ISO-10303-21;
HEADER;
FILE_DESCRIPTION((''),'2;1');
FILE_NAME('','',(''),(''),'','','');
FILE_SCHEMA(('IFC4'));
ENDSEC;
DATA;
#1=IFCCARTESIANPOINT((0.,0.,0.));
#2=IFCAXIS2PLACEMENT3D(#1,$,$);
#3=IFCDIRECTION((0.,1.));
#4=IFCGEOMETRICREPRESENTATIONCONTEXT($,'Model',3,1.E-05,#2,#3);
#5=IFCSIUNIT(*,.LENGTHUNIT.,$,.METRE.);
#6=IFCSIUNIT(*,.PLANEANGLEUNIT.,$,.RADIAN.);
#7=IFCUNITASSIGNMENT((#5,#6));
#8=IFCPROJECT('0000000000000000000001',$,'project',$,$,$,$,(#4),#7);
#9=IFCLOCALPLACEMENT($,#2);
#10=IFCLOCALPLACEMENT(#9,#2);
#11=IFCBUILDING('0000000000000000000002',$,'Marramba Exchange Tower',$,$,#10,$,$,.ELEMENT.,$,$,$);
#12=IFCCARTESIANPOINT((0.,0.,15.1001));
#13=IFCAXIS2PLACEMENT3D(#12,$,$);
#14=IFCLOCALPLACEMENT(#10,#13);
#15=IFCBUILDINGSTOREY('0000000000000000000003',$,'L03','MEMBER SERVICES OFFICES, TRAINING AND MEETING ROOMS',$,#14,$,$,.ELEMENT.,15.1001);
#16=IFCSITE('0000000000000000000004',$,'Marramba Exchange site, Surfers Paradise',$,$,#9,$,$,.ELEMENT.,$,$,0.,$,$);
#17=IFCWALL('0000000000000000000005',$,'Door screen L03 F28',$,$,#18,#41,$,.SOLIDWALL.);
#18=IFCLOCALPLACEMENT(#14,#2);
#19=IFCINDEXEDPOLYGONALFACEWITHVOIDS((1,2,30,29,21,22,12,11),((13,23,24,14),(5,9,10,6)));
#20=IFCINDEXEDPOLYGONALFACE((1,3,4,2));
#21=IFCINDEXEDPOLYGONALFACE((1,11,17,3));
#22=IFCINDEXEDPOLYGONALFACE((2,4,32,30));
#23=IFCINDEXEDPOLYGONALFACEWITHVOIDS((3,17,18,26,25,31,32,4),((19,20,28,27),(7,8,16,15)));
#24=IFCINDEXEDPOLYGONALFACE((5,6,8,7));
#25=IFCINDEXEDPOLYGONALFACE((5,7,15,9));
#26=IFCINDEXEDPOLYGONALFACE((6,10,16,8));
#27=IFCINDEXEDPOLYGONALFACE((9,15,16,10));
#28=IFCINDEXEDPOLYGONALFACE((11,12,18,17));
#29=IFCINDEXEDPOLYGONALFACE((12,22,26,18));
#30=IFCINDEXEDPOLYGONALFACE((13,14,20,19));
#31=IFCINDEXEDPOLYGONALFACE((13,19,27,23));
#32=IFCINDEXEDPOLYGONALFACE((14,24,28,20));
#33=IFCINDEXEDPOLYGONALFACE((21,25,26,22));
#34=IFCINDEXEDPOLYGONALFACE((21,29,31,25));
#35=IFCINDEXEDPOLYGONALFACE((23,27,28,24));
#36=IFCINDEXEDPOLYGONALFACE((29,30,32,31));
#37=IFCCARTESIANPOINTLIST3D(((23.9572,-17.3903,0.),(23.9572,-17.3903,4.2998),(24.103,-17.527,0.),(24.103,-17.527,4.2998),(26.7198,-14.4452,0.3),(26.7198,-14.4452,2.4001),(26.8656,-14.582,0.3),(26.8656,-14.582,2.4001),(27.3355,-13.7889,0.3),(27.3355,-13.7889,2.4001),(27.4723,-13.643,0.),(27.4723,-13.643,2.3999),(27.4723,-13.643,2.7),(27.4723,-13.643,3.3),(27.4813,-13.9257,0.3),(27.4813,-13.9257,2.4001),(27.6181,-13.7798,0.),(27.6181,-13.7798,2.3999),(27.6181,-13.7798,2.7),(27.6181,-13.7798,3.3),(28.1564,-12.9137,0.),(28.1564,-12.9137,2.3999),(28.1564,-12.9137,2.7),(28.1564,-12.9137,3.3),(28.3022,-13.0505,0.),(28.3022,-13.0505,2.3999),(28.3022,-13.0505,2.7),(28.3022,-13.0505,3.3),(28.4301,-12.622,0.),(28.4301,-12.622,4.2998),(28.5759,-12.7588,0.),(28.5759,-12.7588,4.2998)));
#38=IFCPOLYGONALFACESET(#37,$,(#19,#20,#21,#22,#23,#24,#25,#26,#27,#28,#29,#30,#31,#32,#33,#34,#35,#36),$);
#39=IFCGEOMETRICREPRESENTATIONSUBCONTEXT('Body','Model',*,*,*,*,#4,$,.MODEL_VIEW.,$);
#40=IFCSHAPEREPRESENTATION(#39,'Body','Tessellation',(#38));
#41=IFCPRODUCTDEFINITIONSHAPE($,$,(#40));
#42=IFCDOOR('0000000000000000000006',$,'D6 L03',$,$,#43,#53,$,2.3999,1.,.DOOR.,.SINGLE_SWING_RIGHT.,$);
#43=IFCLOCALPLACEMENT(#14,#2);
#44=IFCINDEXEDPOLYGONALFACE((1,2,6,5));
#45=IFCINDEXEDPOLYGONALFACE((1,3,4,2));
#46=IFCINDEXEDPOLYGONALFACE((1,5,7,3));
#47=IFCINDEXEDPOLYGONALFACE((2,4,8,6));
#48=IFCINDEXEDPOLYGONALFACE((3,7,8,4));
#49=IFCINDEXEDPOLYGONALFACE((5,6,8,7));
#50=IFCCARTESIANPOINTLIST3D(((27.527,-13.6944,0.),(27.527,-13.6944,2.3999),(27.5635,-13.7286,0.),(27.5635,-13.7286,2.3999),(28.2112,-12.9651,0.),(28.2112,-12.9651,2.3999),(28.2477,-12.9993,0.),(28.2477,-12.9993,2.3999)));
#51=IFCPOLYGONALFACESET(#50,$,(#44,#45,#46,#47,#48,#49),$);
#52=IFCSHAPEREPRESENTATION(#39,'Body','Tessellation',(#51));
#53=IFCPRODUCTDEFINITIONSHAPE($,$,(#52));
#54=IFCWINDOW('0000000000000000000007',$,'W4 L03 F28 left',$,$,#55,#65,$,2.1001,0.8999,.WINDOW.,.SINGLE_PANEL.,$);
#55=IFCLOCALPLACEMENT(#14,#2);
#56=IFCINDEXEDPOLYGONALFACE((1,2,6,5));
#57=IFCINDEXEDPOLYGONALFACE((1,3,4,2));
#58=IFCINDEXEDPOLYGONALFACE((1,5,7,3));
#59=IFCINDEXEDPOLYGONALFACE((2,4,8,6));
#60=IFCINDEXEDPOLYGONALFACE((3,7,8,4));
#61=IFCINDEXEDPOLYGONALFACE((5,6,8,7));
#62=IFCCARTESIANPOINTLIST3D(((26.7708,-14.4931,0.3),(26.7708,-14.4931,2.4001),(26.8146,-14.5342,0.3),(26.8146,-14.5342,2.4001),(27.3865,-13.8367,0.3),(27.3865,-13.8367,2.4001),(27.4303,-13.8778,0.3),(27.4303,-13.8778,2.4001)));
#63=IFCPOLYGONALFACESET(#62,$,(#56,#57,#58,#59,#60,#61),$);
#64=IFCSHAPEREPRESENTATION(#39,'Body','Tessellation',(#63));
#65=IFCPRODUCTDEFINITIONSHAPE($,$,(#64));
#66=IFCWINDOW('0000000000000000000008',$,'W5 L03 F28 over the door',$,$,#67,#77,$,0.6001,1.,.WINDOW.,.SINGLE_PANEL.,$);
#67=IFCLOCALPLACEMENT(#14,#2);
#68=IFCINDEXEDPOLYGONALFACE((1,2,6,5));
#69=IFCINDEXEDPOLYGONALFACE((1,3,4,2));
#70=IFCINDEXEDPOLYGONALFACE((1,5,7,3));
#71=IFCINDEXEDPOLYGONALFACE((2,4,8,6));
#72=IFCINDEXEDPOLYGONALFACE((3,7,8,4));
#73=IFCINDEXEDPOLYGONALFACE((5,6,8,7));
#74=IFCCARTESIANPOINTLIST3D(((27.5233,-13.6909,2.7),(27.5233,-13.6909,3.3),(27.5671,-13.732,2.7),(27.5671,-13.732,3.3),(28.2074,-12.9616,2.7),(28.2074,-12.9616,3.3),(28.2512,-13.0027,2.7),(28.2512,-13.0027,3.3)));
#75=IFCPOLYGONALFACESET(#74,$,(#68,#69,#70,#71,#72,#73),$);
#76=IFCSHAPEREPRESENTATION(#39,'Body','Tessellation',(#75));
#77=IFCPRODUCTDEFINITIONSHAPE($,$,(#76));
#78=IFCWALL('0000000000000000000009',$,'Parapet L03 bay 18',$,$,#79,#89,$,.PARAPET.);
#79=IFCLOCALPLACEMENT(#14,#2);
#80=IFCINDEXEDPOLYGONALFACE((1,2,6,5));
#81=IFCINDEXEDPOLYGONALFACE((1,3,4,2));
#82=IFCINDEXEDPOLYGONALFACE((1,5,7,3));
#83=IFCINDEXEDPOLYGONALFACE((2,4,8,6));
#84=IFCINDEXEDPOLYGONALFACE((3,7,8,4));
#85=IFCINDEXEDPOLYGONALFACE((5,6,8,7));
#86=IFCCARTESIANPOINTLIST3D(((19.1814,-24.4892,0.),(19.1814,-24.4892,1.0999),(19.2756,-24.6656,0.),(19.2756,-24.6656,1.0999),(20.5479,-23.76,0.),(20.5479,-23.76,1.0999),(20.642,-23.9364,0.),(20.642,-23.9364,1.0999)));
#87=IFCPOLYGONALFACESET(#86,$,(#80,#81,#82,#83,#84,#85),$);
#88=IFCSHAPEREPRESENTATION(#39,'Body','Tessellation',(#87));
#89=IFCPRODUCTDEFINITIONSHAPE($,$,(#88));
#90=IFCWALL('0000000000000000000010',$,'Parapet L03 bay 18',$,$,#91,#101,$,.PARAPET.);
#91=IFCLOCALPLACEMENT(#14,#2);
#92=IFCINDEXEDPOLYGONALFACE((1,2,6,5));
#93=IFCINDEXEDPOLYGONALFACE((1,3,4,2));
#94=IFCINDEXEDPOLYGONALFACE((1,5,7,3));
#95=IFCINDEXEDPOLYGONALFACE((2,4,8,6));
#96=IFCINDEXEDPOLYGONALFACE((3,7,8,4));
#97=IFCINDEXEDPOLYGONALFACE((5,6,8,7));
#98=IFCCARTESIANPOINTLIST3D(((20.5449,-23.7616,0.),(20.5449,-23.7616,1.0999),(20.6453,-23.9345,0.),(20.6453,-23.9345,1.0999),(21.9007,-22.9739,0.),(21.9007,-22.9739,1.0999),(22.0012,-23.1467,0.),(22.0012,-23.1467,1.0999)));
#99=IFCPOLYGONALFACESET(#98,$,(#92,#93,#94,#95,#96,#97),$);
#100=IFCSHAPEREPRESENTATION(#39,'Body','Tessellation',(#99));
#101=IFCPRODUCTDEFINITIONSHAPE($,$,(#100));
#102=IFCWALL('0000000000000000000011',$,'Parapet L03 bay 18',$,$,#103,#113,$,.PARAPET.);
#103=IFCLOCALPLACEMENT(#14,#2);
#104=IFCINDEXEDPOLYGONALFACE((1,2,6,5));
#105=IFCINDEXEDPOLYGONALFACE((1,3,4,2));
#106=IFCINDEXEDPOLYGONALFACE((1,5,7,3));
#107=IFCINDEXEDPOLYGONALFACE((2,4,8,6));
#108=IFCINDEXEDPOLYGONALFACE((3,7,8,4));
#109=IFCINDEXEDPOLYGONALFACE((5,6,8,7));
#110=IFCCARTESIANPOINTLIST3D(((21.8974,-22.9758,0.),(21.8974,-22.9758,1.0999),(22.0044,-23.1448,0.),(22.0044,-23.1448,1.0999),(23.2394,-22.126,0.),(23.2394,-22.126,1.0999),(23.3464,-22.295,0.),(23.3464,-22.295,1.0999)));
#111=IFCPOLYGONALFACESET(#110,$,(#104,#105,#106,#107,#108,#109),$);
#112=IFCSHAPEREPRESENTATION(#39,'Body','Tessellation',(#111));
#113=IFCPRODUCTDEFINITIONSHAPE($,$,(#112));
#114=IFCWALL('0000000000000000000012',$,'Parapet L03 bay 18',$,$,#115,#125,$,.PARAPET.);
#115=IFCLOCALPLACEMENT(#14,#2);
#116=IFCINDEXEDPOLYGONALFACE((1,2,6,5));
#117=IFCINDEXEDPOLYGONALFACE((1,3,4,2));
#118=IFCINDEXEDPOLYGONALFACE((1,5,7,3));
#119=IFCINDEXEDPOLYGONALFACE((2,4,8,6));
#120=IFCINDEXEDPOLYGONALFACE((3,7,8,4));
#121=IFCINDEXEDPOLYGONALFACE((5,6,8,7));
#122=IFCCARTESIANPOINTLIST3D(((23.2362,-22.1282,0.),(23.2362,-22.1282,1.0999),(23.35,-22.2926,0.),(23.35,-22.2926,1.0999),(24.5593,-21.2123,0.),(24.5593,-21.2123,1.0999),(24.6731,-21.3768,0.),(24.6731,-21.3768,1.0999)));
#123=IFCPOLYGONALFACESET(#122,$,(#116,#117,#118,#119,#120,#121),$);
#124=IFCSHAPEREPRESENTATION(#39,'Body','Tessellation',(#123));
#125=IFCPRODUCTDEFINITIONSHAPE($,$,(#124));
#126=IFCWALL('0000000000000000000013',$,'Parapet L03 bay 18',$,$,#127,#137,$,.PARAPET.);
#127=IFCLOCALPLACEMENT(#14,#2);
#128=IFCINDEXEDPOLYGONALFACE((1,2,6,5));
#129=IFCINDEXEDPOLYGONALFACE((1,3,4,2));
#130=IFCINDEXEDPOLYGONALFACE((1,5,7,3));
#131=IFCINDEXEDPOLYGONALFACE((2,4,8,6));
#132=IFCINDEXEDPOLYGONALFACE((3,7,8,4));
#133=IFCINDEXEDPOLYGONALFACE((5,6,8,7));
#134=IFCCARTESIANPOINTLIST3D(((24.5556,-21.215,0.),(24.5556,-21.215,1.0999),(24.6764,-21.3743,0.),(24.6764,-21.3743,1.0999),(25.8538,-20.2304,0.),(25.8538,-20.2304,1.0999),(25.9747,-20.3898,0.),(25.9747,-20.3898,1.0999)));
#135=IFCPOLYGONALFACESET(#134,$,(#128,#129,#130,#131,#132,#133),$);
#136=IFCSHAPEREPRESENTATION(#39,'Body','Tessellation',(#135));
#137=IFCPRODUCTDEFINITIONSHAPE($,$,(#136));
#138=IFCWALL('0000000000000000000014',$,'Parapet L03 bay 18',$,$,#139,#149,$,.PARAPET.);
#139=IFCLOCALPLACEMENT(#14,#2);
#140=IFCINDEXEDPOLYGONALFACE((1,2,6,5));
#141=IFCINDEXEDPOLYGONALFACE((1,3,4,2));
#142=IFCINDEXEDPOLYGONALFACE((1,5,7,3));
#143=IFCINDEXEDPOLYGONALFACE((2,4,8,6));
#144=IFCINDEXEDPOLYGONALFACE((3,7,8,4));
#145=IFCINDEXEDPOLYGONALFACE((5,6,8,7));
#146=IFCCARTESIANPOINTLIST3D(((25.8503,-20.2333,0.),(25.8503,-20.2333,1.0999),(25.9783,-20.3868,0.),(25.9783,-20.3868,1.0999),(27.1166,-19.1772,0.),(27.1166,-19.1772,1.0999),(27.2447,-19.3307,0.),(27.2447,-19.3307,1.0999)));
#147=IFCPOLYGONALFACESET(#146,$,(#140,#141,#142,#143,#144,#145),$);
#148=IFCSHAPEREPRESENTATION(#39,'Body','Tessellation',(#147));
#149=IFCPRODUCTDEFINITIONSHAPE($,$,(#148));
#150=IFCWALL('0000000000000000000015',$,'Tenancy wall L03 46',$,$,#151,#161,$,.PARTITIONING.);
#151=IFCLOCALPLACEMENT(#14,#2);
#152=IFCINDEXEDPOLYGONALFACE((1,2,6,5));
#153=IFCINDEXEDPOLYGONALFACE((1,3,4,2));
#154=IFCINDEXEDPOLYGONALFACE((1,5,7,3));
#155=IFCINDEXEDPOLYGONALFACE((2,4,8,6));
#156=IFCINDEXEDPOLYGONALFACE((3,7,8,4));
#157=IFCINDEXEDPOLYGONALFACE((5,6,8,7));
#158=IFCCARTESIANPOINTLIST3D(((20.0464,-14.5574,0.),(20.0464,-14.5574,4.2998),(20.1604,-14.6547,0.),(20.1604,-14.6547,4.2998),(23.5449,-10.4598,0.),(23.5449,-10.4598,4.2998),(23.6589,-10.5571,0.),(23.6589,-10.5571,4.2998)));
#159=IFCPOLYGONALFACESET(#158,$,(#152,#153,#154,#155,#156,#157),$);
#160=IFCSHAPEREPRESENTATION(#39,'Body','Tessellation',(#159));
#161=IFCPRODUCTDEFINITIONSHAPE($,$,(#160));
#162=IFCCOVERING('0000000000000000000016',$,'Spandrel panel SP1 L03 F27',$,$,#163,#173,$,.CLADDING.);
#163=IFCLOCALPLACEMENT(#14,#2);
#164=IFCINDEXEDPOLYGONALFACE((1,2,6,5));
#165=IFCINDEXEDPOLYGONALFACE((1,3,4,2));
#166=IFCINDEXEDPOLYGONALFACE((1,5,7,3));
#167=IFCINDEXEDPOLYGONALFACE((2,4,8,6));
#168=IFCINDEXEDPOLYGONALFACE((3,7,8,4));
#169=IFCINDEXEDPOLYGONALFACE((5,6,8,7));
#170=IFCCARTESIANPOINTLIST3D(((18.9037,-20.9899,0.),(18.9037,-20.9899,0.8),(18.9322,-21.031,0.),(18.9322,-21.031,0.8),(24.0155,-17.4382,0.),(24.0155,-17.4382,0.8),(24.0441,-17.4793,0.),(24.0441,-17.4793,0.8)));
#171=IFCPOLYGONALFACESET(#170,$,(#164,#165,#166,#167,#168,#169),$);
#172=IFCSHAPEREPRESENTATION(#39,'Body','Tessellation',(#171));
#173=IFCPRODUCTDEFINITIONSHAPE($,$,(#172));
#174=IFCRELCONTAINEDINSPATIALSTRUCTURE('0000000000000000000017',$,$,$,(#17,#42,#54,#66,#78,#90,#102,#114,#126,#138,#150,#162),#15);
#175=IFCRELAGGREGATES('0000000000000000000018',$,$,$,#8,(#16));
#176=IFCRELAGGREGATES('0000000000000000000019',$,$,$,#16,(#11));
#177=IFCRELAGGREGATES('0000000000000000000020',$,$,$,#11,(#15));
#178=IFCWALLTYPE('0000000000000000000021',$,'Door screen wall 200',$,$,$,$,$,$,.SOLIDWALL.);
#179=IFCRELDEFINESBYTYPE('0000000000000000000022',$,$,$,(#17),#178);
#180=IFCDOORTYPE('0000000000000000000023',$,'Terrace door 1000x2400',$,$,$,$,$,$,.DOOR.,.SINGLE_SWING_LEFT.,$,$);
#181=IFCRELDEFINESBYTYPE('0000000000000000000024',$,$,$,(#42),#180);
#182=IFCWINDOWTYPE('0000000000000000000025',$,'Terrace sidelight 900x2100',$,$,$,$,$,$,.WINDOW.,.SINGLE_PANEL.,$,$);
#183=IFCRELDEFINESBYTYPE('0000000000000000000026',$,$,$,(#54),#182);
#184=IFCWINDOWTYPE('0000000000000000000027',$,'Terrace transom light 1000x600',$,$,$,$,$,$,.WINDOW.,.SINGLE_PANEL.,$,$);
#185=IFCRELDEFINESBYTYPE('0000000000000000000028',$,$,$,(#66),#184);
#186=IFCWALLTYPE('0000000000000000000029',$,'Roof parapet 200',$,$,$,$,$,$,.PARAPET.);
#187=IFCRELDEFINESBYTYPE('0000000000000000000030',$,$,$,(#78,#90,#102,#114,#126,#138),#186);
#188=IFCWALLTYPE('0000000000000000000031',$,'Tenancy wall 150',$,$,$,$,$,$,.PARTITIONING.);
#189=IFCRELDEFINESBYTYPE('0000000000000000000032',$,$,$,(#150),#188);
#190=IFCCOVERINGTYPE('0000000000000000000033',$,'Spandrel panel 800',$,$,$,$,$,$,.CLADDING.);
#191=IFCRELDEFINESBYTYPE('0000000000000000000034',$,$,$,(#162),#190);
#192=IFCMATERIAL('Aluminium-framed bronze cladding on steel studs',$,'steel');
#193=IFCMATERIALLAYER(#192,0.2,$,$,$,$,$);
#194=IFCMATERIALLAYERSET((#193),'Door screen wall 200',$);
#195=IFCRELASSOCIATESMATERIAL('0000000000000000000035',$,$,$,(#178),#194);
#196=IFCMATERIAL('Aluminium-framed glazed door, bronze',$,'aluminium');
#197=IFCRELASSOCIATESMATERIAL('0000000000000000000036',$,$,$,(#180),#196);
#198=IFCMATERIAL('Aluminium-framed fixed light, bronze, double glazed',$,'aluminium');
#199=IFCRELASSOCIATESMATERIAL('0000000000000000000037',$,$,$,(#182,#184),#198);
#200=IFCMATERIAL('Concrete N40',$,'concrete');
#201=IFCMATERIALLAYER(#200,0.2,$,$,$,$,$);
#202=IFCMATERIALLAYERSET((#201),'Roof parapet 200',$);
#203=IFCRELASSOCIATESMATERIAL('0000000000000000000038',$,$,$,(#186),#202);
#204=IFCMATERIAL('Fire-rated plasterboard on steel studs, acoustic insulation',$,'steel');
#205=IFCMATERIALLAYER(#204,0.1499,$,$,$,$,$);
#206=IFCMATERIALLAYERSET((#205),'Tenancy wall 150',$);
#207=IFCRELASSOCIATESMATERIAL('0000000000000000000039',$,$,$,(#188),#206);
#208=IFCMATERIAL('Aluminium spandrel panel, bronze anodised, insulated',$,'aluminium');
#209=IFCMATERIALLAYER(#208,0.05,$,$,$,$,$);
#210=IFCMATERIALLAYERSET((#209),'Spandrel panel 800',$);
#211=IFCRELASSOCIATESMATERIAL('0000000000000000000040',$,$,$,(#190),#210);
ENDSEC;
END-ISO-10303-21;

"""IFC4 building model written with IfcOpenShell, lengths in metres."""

from ifc_helpers import new_model, si_unit, direction, frame, frame_2d, origin, origin_2d, place, context, subcontext, project, spatial, rectangle, extrude, material, layer, layer_set, type_object, element, fill, save


model = new_model("IFC4")

# Units and contexts
model_context = context("Model", 3, precision=1e-05, world=origin(), true_north=direction((0.0, 1.0)))
body_context = subcontext(model_context, "Body", "Model", "MODEL_VIEW")
ifc_project = project(units=[si_unit("LENGTHUNIT", "METRE"), si_unit("PLANEANGLEUNIT", "RADIAN")], contexts=[model_context])

# Site, building, storey
site_placement = place(None, origin())
site = spatial("IfcSite", under=ifc_project, at=site_placement, Name="Marramba Exchange site, Surfers Paradise", CompositionType="ELEMENT", RefElevation=0.0)
building_placement = place(site_placement, origin())
building = spatial("IfcBuilding", under=site, at=building_placement, Name="Marramba Exchange Tower", CompositionType="ELEMENT")
storey_placement = place(building_placement, frame((0.0, 0.0, 15.1001)))
storey = spatial("IfcBuildingStorey", under=building, at=storey_placement, Name="L03", Description="MEMBER SERVICES OFFICES, TRAINING AND MEETING ROOMS", CompositionType="ELEMENT", Elevation=15.1001)

# Wall, openings, door, windows
ifc_material_1 = material(Name="Aluminium-framed bronze cladding on steel studs", Category="steel")
ifc_layer_1 = layer(ifc_material_1, 0.2)
ifc_layer_set_1 = layer_set([ifc_layer_1], Name="Door screen wall 200")
wall_type_1 = type_object("IfcWallType", Name="Door screen wall 200", PredefinedType="SOLIDWALL", material=ifc_layer_set_1)
wall_1_placement = place(storey_placement, frame((24.03, -17.4587, 0.0), z_axis=(0.0, 0.0, 1.0), x_axis=(0.684154, 0.729338, 0.0)))
wall_1 = element("IfcWall", 1, at=wall_1_placement, inside=storey, type_object=wall_type_1, Name="Door screen L03 F28", PredefinedType="SOLIDWALL", context=body_context, shape_type="SweptSolid", body=[
    extrude(rectangle(XDim=6.5378, YDim=0.2, at=frame_2d((3.269, 0.0))), origin(), (0.0, 0.0, 1.0), 4.2998),
])
opening_1_placement = place(wall_1_placement, frame((5.1379, 0.0, 0.0)))
opening_1 = element("IfcOpeningElement", 2, at=opening_1_placement, cuts=wall_1, PredefinedType="OPENING", context=body_context, shape_type="SweptSolid", body=[
    extrude(rectangle(XDim=1.0, YDim=2.3999, at=frame_2d((0.5, 1.2))), frame((0.0, 0.1099, 0.0), z_axis=(0.0, -1.0, 0.0), x_axis=(1.0, 0.0, 0.0)), (0.0, 0.0, 1.0), 0.22),
])
opening_2_placement = place(wall_1_placement, frame((4.0381, 0.0, 0.3)))
opening_2 = element("IfcOpeningElement", 3, at=opening_2_placement, cuts=wall_1, PredefinedType="OPENING", context=body_context, shape_type="SweptSolid", body=[
    extrude(rectangle(XDim=0.8999, YDim=2.1001, at=frame_2d((0.45, 1.05))), frame((0.0, 0.1099, 0.0), z_axis=(0.0, -1.0, 0.0), x_axis=(1.0, 0.0, 0.0)), (0.0, 0.0, 1.0), 0.22),
])
opening_3_placement = place(wall_1_placement, frame((5.1379, 0.0, 2.7)))
opening_3 = element("IfcOpeningElement", 4, at=opening_3_placement, cuts=wall_1, PredefinedType="OPENING", context=body_context, shape_type="SweptSolid", body=[
    extrude(rectangle(XDim=1.0, YDim=0.6001, at=frame_2d((0.5, 0.3))), frame((0.0, 0.1099, 0.0), z_axis=(0.0, -1.0, 0.0), x_axis=(1.0, 0.0, 0.0)), (0.0, 0.0, 1.0), 0.22),
])
ifc_material_2 = material(Name="Aluminium-framed glazed door, bronze", Category="aluminium")
door_type = type_object("IfcDoorType", Name="Terrace door 1000x2400", OperationType="SINGLE_SWING_LEFT", PredefinedType="DOOR", material=ifc_material_2)
door_placement = place(opening_1_placement, frame((1.0, 0.0, 0.0), z_axis=(0.0, 0.0, 1.0), x_axis=(-1.0, 0.0, 0.0)))
door = element("IfcDoor", 5, at=door_placement, inside=storey, type_object=door_type, Name="D6 L03", OperationType="SINGLE_SWING_RIGHT", OverallHeight=2.3999, OverallWidth=1.0, PredefinedType="DOOR", context=body_context, shape_type="SweptSolid", body=[
    extrude(rectangle(XDim=1.0, YDim=2.3999, at=frame_2d((0.5, 1.2))), frame((0.0, 0.0251, 0.0), z_axis=(0.0, -1.0, 0.0), x_axis=(1.0, 0.0, 0.0)), (0.0, 0.0, 1.0), 0.05),
])
fill(opening_1, door)
ifc_material_3 = material(Name="Aluminium-framed fixed light, bronze, double glazed", Category="aluminium")
window_type_1 = type_object("IfcWindowType", Name="Terrace sidelight 900x2100", PartitioningType="SINGLE_PANEL", PredefinedType="WINDOW", material=ifc_material_3)
window_1_placement = place(opening_2_placement, origin())
window_1 = element("IfcWindow", 6, at=window_1_placement, inside=storey, type_object=window_type_1, Name="W4 L03 F28 left", OverallHeight=2.1001, OverallWidth=0.8999, PartitioningType="SINGLE_PANEL", PredefinedType="WINDOW", context=body_context, shape_type="SweptSolid", body=[
    extrude(rectangle(XDim=0.8999, YDim=2.1001, at=frame_2d((0.45, 1.05))), frame((0.0, 0.03, 0.0), z_axis=(0.0, -1.0, 0.0), x_axis=(1.0, 0.0, 0.0)), (0.0, 0.0, 1.0), 0.0601),
])
fill(opening_2, window_1)
window_type_2 = type_object("IfcWindowType", Name="Terrace transom light 1000x600", PartitioningType="SINGLE_PANEL", PredefinedType="WINDOW", material=ifc_material_3)
window_2_placement = place(opening_3_placement, origin())
window_2 = element("IfcWindow", 7, at=window_2_placement, inside=storey, type_object=window_type_2, Name="W5 L03 F28 over the door", OverallHeight=0.6001, OverallWidth=1.0, PartitioningType="SINGLE_PANEL", PredefinedType="WINDOW", context=body_context, shape_type="SweptSolid", body=[
    extrude(rectangle(XDim=1.0, YDim=0.6001, at=frame_2d((0.5, 0.3))), frame((0.0, 0.03, 0.0), z_axis=(0.0, -1.0, 0.0), x_axis=(1.0, 0.0, 0.0)), (0.0, 0.0, 1.0), 0.0601),
])
fill(opening_3, window_2)

# Walls
ifc_material_4 = material(Name="Concrete N40", Category="concrete")
ifc_layer_2 = layer(ifc_material_4, 0.2)
ifc_layer_set_2 = layer_set([ifc_layer_2], Name="Roof parapet 200")
wall_type_2 = type_object("IfcWallType", Name="Roof parapet 200", PredefinedType="PARAPET", material=ifc_layer_set_2)
wall_2_placement = place(storey_placement, frame((19.2285, -24.5774, 0.0), z_axis=(0.0, 0.0, 1.0), x_axis=(0.882226, 0.470825, 0.0)))
element("IfcWall", 8, at=wall_2_placement, inside=storey, type_object=wall_type_2, Name="Parapet L03 bay 18", PredefinedType="PARAPET", context=body_context, shape_type="SweptSolid", body=[
    extrude(rectangle(XDim=1.5488, YDim=0.2, at=frame_2d((0.7744, 0.0))), origin(), (0.0, 0.0, 1.0), 1.0999),
])
wall_3_placement = place(storey_placement, frame((20.595, -23.8481, 0.0), z_axis=(0.0, 0.0, 1.0), x_axis=(0.864647, 0.50238, 0.0)))
element("IfcWall", 9, at=wall_3_placement, inside=storey, type_object=wall_type_2, Name="Parapet L03 bay 18", PredefinedType="PARAPET", context=body_context, shape_type="SweptSolid", body=[
    extrude(rectangle(XDim=1.5681, YDim=0.2, at=frame_2d((0.7842, 0.0))), origin(), (0.0, 0.0, 1.0), 1.0999),
])
wall_4_placement = place(storey_placement, frame((21.9509, -23.0603, 0.0), z_axis=(0.0, 0.0, 1.0), x_axis=(0.844849, 0.535005, 0.0)))
element("IfcWall", 10, at=wall_4_placement, inside=storey, type_object=wall_type_2, Name="Parapet L03 bay 18", PredefinedType="PARAPET", context=body_context, shape_type="SweptSolid", body=[
    extrude(rectangle(XDim=1.5884, YDim=0.2, at=frame_2d((0.7942, 0.0))), origin(), (0.0, 0.0, 1.0), 1.0999),
])
wall_5_placement = place(storey_placement, frame((23.293, -22.2104, 0.0), z_axis=(0.0, 0.0, 1.0), x_axis=(0.822236, 0.569147, 0.0)))
element("IfcWall", 11, at=wall_5_placement, inside=storey, type_object=wall_type_2, Name="Parapet L03 bay 18", PredefinedType="PARAPET", context=body_context, shape_type="SweptSolid", body=[
    extrude(rectangle(XDim=1.6091, YDim=0.2, at=frame_2d((0.8047, 0.0))), origin(), (0.0, 0.0, 1.0), 1.0999),
])
wall_6_placement = place(storey_placement, frame((24.616, -21.2947, 0.0), z_axis=(0.0, 0.0, 1.0), x_axis=(0.796788, 0.604259, 0.0)))
element("IfcWall", 12, at=wall_6_placement, inside=storey, type_object=wall_type_2, Name="Parapet L03 bay 18", PredefinedType="PARAPET", context=body_context, shape_type="SweptSolid", body=[
    extrude(rectangle(XDim=1.6294, YDim=0.2, at=frame_2d((0.8147, 0.0))), origin(), (0.0, 0.0, 1.0), 1.0999),
])
wall_7_placement = place(storey_placement, frame((25.9143, -20.3101, 0.0), z_axis=(0.0, 0.0, 1.0), x_axis=(0.767966, 0.64049, 0.0)))
element("IfcWall", 13, at=wall_7_placement, inside=storey, type_object=wall_type_2, Name="Parapet L03 bay 18", PredefinedType="PARAPET", context=body_context, shape_type="SweptSolid", body=[
    extrude(rectangle(XDim=1.6489, YDim=0.2, at=frame_2d((0.8245, 0.0))), origin(), (0.0, 0.0, 1.0), 1.0999),
])
ifc_material_5 = material(Name="Fire-rated plasterboard on steel studs, acoustic insulation", Category="steel")
ifc_layer_3 = layer(ifc_material_5, 0.1499)
ifc_layer_set_3 = layer_set([ifc_layer_3], Name="Tenancy wall 150")
wall_type_3 = type_object("IfcWallType", Name="Tenancy wall 150", PredefinedType="PARTITIONING", material=ifc_layer_set_3)
wall_8_placement = place(storey_placement, frame((20.1035, -14.606, 0.0), z_axis=(0.0, 0.0, 1.0), x_axis=(0.64932, 0.760515, 0.0)))
element("IfcWall", 14, at=wall_8_placement, inside=storey, type_object=wall_type_3, Name="Tenancy wall L03 46", PredefinedType="PARTITIONING", context=body_context, shape_type="SweptSolid", body=[
    extrude(rectangle(XDim=5.3879, YDim=0.1499, at=frame_2d((2.6938, 0.0))), origin(), (0.0, 0.0, 1.0), 4.2998),
])

# Covering
ifc_material_6 = material(Name="Aluminium spandrel panel, bronze anodised, insulated", Category="aluminium")
ifc_layer_4 = layer(ifc_material_6, 0.05)
ifc_layer_set_4 = layer_set([ifc_layer_4], Name="Spandrel panel 800")
covering_type = type_object("IfcCoveringType", Name="Spandrel panel 800", PredefinedType="CLADDING", material=ifc_layer_set_4)
covering_placement = place(storey_placement, frame((21.4739, -19.2346, 0.0), z_axis=(0.0, 0.0, 1.0), x_axis=(0.821238, 0.570586, 0.0)))
element("IfcCovering", 15, at=covering_placement, inside=storey, type_object=covering_type, Name="Spandrel panel SP1 L03 F27", PredefinedType="CLADDING", context=body_context, shape_type="SweptSolid", body=[
    extrude(rectangle(XDim=6.2246, YDim=0.05, at=origin_2d()), origin(), (0.0, 0.0, 1.0), 0.8),
])

save(model, "model.ifc")
